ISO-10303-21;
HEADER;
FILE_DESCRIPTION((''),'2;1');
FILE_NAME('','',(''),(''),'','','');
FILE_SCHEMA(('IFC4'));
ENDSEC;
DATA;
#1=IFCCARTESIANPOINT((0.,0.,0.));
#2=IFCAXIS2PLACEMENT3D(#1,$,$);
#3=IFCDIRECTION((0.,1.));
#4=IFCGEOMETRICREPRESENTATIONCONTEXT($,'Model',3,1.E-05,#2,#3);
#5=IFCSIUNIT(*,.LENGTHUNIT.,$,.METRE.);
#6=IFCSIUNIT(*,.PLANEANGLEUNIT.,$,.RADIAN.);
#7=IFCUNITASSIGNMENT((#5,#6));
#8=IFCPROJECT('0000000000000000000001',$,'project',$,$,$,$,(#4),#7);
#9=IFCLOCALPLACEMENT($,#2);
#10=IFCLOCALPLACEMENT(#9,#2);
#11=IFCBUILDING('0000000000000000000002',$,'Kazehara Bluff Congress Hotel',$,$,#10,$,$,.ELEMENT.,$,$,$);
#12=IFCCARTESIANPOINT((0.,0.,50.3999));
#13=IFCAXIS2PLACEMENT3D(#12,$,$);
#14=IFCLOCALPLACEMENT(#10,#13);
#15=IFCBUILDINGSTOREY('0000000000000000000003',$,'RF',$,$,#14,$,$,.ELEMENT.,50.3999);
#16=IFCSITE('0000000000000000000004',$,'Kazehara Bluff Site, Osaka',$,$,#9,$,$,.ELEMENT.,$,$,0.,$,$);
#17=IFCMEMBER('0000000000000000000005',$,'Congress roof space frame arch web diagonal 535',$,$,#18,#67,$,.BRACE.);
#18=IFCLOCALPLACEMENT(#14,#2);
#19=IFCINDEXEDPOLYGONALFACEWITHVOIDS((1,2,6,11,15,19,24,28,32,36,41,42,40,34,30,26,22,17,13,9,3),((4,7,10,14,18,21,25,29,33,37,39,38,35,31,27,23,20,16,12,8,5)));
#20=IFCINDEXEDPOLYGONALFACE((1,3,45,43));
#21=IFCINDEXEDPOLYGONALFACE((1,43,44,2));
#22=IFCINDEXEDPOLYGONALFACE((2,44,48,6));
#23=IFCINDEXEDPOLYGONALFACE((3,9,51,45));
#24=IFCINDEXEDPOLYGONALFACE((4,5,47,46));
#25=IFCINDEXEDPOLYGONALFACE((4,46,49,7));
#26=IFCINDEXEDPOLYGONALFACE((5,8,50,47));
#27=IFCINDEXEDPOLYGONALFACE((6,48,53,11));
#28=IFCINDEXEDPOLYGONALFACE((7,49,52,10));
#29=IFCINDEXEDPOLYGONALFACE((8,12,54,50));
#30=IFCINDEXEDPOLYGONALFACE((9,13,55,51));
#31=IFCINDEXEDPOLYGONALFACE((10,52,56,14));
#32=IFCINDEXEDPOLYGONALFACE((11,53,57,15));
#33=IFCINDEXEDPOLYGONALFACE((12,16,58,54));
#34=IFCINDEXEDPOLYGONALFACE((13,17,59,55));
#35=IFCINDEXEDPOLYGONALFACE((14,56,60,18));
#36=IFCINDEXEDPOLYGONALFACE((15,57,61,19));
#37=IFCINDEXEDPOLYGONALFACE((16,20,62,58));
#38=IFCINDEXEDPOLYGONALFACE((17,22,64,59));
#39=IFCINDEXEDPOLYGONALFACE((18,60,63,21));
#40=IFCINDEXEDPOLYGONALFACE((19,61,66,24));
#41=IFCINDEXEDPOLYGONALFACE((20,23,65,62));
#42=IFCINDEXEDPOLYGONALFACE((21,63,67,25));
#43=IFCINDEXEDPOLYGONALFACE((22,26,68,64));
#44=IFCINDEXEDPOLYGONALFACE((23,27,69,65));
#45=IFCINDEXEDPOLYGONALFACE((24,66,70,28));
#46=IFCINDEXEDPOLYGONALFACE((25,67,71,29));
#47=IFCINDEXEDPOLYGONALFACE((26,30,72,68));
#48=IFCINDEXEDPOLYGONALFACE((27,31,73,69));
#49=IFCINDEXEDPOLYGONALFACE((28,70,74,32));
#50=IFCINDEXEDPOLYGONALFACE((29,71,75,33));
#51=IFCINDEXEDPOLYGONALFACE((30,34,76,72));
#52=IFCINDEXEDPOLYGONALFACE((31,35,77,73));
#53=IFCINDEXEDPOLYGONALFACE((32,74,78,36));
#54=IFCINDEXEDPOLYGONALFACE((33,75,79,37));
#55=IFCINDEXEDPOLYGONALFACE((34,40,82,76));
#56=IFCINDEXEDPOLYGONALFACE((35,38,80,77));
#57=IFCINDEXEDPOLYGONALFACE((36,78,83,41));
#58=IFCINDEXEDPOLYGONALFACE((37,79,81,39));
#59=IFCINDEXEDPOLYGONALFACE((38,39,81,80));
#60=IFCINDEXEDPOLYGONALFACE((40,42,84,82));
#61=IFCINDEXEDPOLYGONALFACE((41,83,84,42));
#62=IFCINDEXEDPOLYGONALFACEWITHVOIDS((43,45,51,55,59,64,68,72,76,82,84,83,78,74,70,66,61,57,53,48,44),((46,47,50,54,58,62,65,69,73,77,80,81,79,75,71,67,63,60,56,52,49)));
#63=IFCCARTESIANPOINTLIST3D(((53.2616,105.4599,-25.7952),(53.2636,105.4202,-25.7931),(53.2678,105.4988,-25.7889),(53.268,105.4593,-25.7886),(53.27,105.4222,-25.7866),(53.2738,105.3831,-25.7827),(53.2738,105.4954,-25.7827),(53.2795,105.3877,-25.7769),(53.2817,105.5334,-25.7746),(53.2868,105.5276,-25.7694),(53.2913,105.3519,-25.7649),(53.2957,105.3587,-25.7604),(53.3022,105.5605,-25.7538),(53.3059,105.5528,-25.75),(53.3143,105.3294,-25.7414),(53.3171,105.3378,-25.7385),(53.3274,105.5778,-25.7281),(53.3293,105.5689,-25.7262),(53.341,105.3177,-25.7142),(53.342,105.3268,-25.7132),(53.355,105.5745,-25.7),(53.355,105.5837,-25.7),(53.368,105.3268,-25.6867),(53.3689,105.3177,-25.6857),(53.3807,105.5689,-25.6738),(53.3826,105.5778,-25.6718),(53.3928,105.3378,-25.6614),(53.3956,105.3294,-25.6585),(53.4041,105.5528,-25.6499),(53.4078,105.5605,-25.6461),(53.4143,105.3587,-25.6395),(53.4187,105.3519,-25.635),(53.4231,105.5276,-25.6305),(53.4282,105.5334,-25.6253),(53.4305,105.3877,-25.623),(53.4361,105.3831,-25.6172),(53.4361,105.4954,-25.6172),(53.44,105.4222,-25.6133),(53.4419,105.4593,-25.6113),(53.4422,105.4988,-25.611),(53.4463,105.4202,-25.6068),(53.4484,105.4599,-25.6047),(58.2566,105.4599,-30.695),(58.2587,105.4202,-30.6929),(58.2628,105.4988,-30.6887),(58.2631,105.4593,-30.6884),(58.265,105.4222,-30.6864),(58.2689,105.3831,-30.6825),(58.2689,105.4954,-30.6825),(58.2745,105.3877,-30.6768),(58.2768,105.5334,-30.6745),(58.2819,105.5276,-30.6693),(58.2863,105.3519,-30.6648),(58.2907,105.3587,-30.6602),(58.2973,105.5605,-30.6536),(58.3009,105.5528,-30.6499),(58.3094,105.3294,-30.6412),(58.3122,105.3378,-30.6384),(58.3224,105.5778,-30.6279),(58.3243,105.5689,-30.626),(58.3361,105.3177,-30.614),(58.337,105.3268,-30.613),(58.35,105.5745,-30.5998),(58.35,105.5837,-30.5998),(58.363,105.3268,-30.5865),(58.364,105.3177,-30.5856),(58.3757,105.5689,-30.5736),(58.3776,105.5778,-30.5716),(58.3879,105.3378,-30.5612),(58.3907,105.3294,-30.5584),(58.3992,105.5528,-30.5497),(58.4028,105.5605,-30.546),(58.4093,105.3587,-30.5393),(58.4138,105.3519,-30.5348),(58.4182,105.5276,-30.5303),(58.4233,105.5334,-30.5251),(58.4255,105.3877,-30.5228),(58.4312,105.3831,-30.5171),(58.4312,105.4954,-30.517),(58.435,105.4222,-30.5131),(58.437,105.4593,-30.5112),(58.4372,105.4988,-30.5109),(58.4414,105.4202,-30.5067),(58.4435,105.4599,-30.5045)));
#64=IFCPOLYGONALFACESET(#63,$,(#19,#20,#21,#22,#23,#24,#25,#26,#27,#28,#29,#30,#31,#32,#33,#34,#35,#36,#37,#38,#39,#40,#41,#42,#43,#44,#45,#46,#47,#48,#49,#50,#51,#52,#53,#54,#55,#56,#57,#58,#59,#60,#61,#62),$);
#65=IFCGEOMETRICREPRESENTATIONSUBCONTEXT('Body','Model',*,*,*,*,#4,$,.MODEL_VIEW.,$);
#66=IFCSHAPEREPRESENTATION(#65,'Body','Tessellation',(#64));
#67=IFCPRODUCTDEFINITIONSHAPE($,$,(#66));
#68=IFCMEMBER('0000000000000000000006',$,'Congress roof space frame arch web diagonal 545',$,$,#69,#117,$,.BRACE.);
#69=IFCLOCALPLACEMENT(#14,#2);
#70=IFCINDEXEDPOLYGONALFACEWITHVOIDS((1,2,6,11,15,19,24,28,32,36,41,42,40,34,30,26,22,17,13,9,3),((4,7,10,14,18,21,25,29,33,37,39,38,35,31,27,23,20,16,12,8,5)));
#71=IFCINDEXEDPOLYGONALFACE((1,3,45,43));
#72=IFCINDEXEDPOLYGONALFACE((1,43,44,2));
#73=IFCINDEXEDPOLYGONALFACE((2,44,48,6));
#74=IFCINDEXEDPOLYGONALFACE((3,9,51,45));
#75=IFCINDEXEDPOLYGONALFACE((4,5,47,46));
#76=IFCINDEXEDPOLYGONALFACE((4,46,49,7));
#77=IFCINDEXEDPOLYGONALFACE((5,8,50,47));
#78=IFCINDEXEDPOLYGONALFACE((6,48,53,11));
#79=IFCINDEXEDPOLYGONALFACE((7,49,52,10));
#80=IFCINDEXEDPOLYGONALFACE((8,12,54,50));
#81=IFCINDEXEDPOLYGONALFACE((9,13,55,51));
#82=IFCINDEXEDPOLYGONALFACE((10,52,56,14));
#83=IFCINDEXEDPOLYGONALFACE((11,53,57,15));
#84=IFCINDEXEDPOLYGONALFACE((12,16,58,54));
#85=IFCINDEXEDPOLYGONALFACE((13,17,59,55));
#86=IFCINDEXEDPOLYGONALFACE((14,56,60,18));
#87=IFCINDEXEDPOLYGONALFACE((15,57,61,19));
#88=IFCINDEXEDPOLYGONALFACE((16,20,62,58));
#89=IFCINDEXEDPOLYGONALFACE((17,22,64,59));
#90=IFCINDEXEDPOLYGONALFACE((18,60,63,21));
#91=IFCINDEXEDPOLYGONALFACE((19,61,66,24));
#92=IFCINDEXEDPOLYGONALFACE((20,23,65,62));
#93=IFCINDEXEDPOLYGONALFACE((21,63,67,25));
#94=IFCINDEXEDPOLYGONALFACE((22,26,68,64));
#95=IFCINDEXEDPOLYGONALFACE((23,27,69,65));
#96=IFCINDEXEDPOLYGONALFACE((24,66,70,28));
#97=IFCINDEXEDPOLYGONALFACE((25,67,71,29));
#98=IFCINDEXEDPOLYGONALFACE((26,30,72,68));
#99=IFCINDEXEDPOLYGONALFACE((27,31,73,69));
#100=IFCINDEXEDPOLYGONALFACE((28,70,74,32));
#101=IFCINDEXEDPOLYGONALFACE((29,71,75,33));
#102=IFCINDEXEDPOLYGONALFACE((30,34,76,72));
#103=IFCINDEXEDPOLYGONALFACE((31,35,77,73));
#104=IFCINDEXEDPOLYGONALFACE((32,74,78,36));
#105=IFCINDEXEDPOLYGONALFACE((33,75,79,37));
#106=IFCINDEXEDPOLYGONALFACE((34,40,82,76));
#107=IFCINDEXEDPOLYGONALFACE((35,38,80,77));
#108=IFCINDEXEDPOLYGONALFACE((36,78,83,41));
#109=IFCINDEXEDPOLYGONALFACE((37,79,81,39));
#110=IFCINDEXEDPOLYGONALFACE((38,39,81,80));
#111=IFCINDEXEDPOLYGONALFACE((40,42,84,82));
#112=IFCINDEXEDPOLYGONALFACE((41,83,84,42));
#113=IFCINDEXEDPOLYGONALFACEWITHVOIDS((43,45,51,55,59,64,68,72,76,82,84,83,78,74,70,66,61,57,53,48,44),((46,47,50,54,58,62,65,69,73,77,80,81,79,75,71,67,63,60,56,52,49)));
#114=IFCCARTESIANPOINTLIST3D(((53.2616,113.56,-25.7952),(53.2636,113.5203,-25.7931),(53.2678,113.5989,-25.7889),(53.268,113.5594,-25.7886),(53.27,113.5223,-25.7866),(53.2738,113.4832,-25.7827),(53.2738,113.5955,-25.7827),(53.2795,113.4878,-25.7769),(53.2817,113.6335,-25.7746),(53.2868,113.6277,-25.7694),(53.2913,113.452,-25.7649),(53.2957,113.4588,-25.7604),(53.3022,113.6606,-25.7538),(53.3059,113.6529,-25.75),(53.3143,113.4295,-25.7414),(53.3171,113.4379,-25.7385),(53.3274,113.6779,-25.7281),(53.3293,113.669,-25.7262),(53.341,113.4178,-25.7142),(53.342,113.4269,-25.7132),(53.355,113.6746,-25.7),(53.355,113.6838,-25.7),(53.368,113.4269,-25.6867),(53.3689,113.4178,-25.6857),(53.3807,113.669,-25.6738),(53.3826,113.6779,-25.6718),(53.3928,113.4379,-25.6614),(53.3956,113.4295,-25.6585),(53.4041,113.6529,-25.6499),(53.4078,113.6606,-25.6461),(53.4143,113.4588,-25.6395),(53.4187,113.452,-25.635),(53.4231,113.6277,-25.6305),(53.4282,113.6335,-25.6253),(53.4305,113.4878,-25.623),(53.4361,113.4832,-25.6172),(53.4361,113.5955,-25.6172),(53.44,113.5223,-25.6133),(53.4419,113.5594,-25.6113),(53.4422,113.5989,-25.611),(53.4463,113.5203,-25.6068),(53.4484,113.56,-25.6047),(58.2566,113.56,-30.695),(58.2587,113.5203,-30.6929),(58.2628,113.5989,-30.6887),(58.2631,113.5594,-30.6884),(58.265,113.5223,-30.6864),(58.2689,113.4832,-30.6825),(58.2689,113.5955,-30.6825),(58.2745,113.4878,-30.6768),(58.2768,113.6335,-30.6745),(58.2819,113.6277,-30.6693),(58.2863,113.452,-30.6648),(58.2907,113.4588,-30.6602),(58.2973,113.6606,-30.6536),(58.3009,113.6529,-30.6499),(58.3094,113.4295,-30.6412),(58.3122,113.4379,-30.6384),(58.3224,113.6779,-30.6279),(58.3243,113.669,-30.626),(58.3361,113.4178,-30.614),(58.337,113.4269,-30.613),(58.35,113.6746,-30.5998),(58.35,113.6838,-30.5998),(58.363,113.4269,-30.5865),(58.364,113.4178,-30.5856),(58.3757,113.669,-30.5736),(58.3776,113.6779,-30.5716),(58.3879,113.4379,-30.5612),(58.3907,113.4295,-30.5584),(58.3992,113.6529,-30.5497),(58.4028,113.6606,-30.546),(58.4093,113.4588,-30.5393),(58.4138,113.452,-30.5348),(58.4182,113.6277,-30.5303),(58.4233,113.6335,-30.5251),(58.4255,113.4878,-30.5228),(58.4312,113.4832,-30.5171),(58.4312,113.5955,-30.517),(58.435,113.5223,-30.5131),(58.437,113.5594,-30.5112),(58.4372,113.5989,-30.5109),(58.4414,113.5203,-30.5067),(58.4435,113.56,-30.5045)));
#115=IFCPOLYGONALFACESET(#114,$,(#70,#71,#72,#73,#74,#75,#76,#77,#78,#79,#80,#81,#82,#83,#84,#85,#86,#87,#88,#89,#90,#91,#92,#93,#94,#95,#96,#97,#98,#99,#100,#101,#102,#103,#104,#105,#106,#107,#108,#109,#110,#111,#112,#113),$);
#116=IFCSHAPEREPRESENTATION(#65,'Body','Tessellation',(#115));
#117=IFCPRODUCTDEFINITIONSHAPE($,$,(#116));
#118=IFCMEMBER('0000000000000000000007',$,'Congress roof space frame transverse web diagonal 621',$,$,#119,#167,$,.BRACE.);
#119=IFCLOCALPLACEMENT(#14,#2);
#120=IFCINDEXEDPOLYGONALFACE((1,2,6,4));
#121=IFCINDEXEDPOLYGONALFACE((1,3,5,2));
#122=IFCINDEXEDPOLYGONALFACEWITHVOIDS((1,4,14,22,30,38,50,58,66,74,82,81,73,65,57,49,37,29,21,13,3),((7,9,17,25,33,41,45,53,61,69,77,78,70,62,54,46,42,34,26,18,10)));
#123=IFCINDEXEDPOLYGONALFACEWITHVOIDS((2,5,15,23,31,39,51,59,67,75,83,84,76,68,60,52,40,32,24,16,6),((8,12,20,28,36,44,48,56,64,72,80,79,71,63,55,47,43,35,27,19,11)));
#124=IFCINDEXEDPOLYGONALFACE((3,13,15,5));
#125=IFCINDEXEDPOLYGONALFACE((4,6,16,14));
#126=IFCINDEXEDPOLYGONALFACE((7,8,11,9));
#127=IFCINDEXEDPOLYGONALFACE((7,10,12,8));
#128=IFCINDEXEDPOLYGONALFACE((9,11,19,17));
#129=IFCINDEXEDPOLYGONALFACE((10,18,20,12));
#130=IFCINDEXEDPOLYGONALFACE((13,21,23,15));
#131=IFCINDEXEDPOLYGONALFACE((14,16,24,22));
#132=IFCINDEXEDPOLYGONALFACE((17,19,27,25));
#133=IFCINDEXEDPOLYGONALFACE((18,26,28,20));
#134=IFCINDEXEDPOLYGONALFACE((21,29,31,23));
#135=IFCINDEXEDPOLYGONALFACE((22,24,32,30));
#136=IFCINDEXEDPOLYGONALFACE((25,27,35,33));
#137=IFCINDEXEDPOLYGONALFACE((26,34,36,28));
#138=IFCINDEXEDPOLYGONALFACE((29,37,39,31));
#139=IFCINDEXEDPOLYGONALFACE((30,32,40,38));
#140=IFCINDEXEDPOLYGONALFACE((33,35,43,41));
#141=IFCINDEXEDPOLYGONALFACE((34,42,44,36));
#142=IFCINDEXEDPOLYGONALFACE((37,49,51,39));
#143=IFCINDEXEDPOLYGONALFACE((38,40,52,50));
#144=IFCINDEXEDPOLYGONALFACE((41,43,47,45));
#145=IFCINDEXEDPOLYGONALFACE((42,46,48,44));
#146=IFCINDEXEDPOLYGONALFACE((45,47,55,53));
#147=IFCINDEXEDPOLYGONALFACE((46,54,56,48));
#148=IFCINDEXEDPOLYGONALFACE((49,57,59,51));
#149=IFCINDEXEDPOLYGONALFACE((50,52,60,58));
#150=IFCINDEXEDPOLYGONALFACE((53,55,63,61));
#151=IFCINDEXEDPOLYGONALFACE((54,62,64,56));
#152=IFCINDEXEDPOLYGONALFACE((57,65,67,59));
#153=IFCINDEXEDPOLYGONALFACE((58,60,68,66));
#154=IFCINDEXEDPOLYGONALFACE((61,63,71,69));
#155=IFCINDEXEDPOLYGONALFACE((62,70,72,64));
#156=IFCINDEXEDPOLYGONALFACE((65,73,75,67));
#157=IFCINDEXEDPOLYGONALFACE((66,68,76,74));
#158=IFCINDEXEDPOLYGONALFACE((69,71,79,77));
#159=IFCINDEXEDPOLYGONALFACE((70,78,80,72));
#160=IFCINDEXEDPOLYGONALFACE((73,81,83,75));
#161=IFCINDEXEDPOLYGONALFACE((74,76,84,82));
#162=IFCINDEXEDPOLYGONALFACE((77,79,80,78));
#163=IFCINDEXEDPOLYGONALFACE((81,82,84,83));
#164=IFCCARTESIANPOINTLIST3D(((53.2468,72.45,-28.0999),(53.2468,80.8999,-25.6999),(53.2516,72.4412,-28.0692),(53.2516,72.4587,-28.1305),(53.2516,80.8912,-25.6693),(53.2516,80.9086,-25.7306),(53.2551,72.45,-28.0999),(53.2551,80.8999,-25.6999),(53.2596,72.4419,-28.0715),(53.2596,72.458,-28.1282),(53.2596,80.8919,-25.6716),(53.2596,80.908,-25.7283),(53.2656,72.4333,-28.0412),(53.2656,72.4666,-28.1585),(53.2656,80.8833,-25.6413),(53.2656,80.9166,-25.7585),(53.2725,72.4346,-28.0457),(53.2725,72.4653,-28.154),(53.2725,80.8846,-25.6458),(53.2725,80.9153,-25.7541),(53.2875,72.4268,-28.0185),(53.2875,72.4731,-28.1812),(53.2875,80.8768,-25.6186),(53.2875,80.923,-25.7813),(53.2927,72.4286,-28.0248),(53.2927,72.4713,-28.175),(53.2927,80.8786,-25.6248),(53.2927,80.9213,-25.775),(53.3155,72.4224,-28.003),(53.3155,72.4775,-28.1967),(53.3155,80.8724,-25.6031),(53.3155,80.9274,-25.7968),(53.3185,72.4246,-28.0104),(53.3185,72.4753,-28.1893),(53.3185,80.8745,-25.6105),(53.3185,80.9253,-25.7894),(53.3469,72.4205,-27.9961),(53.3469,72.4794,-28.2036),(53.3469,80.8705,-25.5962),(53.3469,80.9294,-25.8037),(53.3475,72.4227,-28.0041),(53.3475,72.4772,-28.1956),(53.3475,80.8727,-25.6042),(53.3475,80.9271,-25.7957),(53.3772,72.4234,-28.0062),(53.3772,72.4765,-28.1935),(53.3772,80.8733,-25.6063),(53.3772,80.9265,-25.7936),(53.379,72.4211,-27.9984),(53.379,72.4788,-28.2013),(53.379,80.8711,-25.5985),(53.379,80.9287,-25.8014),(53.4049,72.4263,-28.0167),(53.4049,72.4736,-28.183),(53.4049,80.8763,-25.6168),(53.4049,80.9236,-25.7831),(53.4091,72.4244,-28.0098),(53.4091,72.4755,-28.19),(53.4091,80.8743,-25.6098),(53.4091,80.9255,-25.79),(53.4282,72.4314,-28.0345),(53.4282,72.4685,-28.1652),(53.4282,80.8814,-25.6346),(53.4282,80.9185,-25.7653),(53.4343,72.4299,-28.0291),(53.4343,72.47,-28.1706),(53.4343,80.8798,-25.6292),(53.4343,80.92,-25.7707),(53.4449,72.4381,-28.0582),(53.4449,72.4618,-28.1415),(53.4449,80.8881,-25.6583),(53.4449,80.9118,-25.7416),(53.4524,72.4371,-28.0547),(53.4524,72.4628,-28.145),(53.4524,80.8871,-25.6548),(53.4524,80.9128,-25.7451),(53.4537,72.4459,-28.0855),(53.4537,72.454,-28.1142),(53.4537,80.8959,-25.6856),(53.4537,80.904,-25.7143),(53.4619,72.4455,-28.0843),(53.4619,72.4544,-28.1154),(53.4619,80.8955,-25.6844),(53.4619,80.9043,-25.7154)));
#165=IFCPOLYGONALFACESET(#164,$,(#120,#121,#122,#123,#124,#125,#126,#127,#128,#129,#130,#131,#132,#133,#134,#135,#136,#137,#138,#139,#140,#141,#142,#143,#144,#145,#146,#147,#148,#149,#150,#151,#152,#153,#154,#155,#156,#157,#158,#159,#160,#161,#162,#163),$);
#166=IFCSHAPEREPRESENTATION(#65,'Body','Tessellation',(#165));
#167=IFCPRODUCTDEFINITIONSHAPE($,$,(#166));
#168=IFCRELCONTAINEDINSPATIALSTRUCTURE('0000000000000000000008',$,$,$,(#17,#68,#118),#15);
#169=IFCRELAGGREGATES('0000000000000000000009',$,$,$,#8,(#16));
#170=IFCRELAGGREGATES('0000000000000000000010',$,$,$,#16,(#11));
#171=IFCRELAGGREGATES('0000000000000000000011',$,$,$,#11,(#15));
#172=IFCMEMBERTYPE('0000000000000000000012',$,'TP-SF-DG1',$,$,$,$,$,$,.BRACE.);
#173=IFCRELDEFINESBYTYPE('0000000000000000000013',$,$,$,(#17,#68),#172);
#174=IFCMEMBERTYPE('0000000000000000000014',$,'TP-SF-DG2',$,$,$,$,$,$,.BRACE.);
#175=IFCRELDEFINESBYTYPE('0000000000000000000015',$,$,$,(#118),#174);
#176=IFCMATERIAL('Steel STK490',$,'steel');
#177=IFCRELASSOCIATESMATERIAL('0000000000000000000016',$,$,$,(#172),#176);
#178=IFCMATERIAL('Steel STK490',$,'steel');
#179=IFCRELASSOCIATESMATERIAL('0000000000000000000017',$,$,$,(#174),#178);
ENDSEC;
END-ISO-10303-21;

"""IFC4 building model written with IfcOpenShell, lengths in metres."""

from ifc_helpers import new_model, si_unit, direction, frame, origin, origin_2d, place, context, subcontext, project, spatial, hollow_circle, extrude, material, material_profile, profile_set, type_object, element, save


model = new_model("IFC4")

# Units and contexts
model_context = context("Model", 3, precision=1e-05, world=origin(), true_north=direction((0.0, 1.0)))
body_context = subcontext(model_context, "Body", "Model", "MODEL_VIEW")
ifc_project = project(units=[si_unit("LENGTHUNIT", "METRE"), si_unit("PLANEANGLEUNIT", "RADIAN")], contexts=[model_context])

# Site, building, storey
site_placement = place(None, origin())
site = spatial("IfcSite", under=ifc_project, at=site_placement, Name="Kazehara Bluff Site, Osaka", CompositionType="ELEMENT", RefElevation=0.0)
building_placement = place(site_placement, origin())
building = spatial("IfcBuilding", under=site, at=building_placement, Name="Kazehara Bluff Congress Hotel", CompositionType="ELEMENT")
storey_placement = place(building_placement, frame((0.0, 0.0, 50.3999)))
storey = spatial("IfcBuildingStorey", under=building, at=storey_placement, Name="RF", CompositionType="ELEMENT", Elevation=50.3999)

# Members
ifc_material_1 = material(Name="Steel STK490", Category="steel")
ifc_material_profile_1 = material_profile(ifc_material_1, hollow_circle(Radius=0.1338, WallThickness=0.0093, at=origin_2d()))
ifc_profile_set_1 = profile_set([ifc_material_profile_1], Name="Steel STK490")
member_type_1 = type_object("IfcMemberType", Name="TP-SF-DG1", PredefinedType="BRACE", material=ifc_profile_set_1)
for number, where, z_axis, x_axis, name in (
    (1, (53.355, 105.45, -25.7), (0.713878, 0.0, -0.70027), (0.0, 1.0, 0.0), "Congress roof space frame arch web diagonal 535"),
    (2, (53.355, 113.55, -25.7), (0.713878, 0.0, -0.70027), (0.0, 1.0, 0.0), "Congress roof space frame arch web diagonal 545"),
):
    element("IfcMember", number, at=place(storey_placement, frame(where, z_axis=z_axis, x_axis=x_axis)), inside=storey, type_object=member_type_1, Name=name, PredefinedType="BRACE", context=body_context, shape_type="SweptSolid", body=[
        extrude(hollow_circle(Radius=0.1338, WallThickness=0.0093, at=origin_2d()), origin(), (0.0, 0.0, 1.0), 6.9971),
    ])
ifc_material_2 = material(Name="Steel STK490", Category="steel")
ifc_material_profile_2 = material_profile(ifc_material_2, hollow_circle(Radius=0.1082, WallThickness=0.0083, at=origin_2d()))
ifc_profile_set_2 = profile_set([ifc_material_profile_2], Name="Steel STK490")
member_type_2 = type_object("IfcMemberType", Name="TP-SF-DG2", PredefinedType="BRACE", material=ifc_profile_set_2)
member_1_placement = place(storey_placement, frame((53.355, 72.45, -28.0999), z_axis=(0.0, 0.961955, 0.273208), x_axis=(-1.0, 0.0, 0.0)))
element("IfcMember", 3, at=member_1_placement, inside=storey, type_object=member_type_2, Name="Congress roof space frame transverse web diagonal 621", PredefinedType="BRACE", context=body_context, shape_type="SweptSolid", body=[
    extrude(hollow_circle(Radius=0.1082, WallThickness=0.0083, at=origin_2d()), origin(), (0.0, 0.0, 1.0), 8.7842),
])

save(model, "model.ifc")
